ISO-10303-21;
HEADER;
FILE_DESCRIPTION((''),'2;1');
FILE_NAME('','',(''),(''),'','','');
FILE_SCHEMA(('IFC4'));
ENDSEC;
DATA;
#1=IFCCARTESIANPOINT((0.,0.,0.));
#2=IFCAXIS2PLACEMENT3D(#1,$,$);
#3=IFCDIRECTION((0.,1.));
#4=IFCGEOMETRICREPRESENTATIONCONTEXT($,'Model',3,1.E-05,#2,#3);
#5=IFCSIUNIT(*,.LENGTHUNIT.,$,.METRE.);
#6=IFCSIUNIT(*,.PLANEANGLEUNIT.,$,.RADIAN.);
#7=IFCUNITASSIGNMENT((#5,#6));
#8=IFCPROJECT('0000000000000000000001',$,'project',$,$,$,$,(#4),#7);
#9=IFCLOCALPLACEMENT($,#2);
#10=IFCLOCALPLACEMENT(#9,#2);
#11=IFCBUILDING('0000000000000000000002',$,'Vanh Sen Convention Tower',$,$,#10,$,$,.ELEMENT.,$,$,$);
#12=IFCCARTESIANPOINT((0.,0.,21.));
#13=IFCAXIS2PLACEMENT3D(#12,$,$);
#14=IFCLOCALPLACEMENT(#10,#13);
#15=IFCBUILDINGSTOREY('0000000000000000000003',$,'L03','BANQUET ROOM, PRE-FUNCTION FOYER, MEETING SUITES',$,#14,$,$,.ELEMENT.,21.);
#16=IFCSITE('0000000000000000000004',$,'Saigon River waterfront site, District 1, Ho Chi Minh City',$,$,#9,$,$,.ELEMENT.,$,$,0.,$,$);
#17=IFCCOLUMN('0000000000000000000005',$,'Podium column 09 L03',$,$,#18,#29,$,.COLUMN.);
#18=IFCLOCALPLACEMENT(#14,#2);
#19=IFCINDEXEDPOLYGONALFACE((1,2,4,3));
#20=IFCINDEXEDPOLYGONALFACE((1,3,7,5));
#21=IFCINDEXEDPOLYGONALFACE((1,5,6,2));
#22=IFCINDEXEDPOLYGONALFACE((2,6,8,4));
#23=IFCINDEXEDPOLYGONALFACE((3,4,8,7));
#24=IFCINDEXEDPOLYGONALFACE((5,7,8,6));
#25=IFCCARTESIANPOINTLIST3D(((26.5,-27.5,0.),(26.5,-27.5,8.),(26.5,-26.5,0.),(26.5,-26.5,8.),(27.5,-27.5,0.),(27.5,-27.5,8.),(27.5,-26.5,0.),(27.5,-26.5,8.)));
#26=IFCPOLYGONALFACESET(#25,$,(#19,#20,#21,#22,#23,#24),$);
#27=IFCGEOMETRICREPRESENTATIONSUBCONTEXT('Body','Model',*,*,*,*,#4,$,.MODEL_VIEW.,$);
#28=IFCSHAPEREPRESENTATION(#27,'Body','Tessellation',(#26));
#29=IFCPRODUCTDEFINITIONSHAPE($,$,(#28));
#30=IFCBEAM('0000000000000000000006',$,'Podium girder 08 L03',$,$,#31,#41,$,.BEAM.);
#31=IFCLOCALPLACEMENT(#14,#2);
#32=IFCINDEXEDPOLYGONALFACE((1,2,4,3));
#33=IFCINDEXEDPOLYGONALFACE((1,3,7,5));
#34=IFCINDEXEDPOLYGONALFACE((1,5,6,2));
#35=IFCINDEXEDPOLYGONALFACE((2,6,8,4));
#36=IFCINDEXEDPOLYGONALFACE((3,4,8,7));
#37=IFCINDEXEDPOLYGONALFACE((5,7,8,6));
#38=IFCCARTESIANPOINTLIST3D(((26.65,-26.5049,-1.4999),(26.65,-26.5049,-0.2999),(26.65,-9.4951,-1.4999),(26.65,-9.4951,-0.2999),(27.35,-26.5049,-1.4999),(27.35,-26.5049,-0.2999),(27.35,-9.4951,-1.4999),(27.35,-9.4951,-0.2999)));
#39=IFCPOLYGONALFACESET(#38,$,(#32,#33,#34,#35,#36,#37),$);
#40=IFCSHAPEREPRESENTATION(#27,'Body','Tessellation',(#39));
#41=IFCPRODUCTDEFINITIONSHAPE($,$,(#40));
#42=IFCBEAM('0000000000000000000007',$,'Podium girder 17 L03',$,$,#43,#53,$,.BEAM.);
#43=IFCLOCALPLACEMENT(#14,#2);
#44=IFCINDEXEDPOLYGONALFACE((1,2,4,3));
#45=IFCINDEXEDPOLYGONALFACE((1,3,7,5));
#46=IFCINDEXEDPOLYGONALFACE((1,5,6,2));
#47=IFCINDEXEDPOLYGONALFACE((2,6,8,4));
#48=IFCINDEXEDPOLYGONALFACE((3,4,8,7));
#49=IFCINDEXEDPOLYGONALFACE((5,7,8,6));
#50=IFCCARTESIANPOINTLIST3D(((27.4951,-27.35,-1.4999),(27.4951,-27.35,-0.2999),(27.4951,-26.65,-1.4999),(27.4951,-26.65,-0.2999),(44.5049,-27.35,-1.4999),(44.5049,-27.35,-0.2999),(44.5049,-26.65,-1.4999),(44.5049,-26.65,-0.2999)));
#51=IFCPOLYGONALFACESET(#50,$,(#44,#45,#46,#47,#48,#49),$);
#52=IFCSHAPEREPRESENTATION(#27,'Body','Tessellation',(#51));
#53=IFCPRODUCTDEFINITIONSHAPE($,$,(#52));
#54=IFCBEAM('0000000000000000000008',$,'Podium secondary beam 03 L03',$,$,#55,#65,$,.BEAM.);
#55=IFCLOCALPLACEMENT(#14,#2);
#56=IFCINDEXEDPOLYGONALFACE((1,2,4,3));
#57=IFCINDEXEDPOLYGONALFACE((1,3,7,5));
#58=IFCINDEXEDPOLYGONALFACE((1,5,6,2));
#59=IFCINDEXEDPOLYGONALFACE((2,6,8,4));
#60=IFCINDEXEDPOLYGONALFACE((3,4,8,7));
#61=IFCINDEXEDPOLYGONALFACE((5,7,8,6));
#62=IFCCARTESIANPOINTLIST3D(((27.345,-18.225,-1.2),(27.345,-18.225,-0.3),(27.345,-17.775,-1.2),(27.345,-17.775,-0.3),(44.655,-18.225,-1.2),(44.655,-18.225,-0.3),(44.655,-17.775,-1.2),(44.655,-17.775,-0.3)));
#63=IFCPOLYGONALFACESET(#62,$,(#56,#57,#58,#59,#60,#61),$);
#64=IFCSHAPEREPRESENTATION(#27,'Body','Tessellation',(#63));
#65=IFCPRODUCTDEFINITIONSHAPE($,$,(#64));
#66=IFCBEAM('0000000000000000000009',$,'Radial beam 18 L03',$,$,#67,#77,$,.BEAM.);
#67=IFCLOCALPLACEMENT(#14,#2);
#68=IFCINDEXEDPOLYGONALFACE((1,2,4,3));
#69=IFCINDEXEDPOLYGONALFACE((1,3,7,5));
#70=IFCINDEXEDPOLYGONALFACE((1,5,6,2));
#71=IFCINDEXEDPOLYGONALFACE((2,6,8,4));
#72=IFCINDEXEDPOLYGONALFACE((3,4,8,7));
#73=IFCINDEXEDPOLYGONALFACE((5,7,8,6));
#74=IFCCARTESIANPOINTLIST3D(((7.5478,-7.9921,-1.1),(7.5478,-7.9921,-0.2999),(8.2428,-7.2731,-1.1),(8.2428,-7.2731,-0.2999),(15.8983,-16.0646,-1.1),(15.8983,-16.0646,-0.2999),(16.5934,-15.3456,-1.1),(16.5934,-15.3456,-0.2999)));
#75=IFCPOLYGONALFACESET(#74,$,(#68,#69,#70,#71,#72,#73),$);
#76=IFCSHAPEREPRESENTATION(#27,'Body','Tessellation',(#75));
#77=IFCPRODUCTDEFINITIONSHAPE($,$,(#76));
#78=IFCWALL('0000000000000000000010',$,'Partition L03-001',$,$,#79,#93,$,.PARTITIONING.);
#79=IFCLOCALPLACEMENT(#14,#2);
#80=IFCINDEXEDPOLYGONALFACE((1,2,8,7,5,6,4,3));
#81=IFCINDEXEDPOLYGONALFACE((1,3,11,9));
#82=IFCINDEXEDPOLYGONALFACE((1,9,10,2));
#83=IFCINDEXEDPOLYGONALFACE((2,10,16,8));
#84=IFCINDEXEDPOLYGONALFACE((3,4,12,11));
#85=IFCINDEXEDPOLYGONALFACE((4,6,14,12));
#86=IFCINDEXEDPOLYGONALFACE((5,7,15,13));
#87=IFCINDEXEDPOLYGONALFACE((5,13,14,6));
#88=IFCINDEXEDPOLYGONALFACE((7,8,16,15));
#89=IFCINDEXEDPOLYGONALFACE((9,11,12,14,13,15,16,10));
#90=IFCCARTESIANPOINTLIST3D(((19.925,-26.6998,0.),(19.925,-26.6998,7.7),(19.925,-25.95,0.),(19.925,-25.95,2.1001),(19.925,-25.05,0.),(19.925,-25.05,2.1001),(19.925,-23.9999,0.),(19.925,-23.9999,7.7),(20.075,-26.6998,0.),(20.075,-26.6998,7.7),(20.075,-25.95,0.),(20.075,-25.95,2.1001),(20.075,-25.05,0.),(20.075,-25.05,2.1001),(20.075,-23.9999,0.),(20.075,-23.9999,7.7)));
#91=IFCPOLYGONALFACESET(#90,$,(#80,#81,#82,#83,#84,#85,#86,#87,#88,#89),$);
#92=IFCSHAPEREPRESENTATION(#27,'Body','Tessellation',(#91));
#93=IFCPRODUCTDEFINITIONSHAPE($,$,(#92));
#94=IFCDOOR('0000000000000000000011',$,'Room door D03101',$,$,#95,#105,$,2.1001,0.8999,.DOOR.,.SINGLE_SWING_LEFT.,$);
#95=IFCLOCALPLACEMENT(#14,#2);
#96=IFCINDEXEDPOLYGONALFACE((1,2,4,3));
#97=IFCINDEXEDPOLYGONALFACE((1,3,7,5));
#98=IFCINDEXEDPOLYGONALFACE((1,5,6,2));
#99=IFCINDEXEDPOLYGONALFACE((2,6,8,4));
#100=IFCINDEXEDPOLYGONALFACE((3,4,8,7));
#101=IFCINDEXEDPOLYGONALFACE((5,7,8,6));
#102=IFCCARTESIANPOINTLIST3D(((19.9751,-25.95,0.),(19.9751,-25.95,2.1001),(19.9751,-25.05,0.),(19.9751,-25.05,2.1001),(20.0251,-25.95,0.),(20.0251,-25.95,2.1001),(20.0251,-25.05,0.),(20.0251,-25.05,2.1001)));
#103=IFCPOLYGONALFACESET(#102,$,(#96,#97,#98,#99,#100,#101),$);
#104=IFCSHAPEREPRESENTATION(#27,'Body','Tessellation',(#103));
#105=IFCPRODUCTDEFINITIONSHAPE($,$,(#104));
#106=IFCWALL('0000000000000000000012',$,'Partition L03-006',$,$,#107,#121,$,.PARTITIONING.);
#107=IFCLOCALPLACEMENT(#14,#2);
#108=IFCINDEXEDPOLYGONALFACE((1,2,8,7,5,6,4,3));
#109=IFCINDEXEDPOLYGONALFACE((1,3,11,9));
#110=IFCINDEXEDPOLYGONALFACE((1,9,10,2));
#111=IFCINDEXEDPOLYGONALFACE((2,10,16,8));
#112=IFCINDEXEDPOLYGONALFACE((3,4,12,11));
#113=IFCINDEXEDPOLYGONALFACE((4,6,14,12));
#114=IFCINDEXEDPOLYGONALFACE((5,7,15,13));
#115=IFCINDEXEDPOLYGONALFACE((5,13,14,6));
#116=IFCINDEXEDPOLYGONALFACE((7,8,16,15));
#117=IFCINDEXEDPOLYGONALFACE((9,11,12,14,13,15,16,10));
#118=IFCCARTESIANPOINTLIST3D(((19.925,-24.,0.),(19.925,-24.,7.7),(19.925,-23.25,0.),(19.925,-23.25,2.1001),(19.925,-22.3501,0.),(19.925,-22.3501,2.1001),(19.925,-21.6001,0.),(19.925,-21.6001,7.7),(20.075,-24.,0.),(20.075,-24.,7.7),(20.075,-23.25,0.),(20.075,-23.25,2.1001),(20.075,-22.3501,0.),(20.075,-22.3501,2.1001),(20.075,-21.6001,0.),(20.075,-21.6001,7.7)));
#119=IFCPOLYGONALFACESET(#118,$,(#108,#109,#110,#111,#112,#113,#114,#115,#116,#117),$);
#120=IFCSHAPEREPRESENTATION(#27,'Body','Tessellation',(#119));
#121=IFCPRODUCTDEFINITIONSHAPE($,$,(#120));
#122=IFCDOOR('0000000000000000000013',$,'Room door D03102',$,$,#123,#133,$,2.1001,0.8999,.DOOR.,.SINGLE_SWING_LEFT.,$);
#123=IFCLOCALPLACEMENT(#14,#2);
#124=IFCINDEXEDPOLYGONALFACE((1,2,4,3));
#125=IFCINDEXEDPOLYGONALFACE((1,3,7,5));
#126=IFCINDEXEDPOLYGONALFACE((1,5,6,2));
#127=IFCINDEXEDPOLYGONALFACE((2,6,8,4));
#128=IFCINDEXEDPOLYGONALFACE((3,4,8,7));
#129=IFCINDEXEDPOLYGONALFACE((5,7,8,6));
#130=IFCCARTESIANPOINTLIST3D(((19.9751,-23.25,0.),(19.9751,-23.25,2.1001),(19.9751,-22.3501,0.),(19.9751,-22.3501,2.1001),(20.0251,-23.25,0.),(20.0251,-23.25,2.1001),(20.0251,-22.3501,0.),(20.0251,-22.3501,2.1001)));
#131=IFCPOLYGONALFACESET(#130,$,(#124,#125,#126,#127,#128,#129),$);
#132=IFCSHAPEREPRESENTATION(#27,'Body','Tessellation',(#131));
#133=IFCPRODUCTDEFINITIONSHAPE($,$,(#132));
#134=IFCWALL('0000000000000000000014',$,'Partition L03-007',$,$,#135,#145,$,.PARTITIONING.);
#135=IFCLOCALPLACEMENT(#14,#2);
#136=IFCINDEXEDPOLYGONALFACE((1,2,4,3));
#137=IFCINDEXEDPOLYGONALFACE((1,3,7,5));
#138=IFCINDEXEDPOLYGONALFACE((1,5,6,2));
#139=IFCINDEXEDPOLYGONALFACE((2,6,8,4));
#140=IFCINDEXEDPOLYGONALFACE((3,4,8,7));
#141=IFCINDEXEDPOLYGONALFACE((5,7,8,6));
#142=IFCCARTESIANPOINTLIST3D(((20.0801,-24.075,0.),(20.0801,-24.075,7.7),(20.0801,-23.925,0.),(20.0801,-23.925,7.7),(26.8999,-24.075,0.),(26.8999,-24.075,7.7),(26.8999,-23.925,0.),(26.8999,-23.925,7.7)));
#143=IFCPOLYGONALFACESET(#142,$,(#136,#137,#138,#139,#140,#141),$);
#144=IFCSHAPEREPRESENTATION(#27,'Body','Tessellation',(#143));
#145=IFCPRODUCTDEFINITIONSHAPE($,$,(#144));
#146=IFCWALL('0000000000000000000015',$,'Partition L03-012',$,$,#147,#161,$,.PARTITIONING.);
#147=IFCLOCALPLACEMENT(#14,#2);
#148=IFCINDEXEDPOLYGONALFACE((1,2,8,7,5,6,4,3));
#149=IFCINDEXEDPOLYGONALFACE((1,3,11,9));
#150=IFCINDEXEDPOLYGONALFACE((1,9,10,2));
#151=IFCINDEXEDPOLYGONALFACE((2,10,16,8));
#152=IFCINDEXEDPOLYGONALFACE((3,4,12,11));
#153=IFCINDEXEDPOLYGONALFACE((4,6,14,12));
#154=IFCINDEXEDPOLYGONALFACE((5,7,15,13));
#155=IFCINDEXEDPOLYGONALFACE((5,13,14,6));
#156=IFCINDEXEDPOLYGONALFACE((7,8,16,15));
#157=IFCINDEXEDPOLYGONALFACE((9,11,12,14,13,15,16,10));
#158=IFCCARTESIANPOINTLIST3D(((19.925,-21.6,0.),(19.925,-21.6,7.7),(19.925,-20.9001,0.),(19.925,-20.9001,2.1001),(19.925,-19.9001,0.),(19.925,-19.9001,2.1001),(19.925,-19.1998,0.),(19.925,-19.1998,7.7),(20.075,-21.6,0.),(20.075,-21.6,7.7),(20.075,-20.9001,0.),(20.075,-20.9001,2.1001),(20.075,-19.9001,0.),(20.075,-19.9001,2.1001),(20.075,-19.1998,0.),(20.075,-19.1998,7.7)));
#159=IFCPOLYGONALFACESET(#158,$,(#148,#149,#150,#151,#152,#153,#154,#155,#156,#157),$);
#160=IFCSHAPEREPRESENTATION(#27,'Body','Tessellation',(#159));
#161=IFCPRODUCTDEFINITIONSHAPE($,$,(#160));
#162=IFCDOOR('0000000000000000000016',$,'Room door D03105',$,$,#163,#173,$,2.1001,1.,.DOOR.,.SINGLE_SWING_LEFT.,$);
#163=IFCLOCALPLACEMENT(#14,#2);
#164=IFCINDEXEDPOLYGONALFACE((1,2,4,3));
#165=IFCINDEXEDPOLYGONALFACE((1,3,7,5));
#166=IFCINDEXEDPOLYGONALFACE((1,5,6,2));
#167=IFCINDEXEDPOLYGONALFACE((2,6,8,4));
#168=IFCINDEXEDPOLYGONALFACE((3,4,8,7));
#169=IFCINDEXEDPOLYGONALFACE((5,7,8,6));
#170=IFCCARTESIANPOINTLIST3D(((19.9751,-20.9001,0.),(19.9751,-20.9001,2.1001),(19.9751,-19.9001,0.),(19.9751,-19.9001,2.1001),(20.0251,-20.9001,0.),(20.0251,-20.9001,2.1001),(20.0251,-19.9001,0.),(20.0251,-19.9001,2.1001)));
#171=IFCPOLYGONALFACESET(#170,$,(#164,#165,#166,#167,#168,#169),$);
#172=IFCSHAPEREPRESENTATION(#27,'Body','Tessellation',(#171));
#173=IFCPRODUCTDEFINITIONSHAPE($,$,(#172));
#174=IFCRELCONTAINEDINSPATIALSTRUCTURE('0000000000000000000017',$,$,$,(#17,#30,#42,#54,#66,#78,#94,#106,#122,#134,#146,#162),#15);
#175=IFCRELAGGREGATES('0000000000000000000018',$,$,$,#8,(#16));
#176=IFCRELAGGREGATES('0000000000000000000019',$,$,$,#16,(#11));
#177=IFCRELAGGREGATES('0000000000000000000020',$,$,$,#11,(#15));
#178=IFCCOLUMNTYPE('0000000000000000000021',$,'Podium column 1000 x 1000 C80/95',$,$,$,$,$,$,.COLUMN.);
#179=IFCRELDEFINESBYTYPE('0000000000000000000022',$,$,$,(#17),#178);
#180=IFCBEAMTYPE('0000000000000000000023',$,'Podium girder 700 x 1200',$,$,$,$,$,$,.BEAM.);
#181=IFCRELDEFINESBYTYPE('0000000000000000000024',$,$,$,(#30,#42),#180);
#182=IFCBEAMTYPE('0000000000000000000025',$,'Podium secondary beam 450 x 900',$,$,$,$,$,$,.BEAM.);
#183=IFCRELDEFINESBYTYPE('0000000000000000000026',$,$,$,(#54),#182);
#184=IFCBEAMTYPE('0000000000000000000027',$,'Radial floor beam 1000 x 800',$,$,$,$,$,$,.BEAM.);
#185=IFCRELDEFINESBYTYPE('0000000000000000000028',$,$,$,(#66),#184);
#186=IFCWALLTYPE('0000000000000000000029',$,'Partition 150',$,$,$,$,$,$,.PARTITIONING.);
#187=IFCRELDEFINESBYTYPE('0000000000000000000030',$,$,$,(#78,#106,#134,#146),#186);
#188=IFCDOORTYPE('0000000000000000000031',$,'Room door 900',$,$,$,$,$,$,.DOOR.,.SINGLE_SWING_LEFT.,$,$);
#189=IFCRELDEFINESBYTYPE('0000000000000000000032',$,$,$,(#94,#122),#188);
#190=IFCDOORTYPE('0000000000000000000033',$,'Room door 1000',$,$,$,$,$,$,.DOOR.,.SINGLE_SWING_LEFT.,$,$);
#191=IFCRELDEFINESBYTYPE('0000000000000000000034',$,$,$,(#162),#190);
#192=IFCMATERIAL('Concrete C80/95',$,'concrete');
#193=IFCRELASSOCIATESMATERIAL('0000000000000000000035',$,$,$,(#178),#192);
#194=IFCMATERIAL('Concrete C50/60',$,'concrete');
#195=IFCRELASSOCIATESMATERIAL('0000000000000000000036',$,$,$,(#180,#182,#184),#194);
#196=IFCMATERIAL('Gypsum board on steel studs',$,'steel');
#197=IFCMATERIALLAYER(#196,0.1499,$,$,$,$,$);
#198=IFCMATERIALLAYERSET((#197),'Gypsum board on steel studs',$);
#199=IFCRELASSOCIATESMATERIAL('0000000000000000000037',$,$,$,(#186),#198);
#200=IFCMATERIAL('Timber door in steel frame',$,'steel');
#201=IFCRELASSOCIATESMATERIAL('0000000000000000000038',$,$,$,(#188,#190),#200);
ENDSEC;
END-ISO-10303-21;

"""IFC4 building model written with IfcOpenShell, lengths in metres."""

from ifc_helpers import new_model, si_unit, direction, frame, frame_2d, origin, origin_2d, place, context, subcontext, project, spatial, rectangle, extrude, material, layer, layer_set, material_profile, profile_set, type_object, element, fill, save


model = new_model("IFC4")

# Units and contexts
model_context = context("Model", 3, precision=1e-05, world=origin(), true_north=direction((0.0, 1.0)))
body_context = subcontext(model_context, "Body", "Model", "MODEL_VIEW")
ifc_project = project(units=[si_unit("LENGTHUNIT", "METRE"), si_unit("PLANEANGLEUNIT", "RADIAN")], contexts=[model_context])

# Site, building, storey
site_placement = place(None, origin())
site = spatial("IfcSite", under=ifc_project, at=site_placement, Name="Saigon River waterfront site, District 1, Ho Chi Minh City", CompositionType="ELEMENT", RefElevation=0.0)
building_placement = place(site_placement, origin())
building = spatial("IfcBuilding", under=site, at=building_placement, Name="Vanh Sen Convention Tower", CompositionType="ELEMENT")
storey_placement = place(building_placement, frame((0.0, 0.0, 21.0)))
storey = spatial("IfcBuildingStorey", under=building, at=storey_placement, Name="L03", Description="BANQUET ROOM, PRE-FUNCTION FOYER, MEETING SUITES", CompositionType="ELEMENT", Elevation=21.0)

# Column
ifc_material_1 = material(Name="Concrete C80/95", Category="concrete")
ifc_material_profile_1 = material_profile(ifc_material_1, rectangle(XDim=1.0, YDim=1.0, at=origin_2d()), Name="RC 1000X1000")
ifc_profile_set_1 = profile_set([ifc_material_profile_1], Name="Concrete C80/95")
column_type = type_object("IfcColumnType", Name="Podium column 1000 x 1000 C80/95", PredefinedType="COLUMN", material=ifc_profile_set_1)
column_placement = place(storey_placement, frame((27.0, -27.0, 0.0), z_axis=(0.0, 0.0, 1.0), x_axis=(1.0, 0.0, 0.0)))
element("IfcColumn", 1, at=column_placement, inside=storey, type_object=column_type, Name="Podium column 09 L03", PredefinedType="COLUMN", context=body_context, shape_type="SweptSolid", body=[
    extrude(rectangle(XDim=1.0, YDim=1.0, at=origin_2d()), origin(), (0.0, 0.0, 1.0), 8.0),
])

# Beams
ifc_material_2 = material(Name="Concrete C50/60", Category="concrete")
ifc_material_profile_2 = material_profile(ifc_material_2, rectangle(XDim=0.7, YDim=1.2, at=origin_2d()), Name="RC 700X1200")
ifc_profile_set_2 = profile_set([ifc_material_profile_2], Name="Concrete C50/60")
beam_type_1 = type_object("IfcBeamType", Name="Podium girder 700 x 1200", PredefinedType="BEAM", material=ifc_profile_set_2)
for number, where, z_axis, x_axis, name in (
    (2, (27.0, -26.5049, -0.8999), (0.0, 1.0, 0.0), (-1.0, 0.0, 0.0), "Podium girder 08 L03"),
    (3, (27.4951, -27.0, -0.8999), (1.0, 0.0, 0.0), (0.0, 1.0, 0.0), "Podium girder 17 L03"),
):
    element("IfcBeam", number, at=place(storey_placement, frame(where, z_axis=z_axis, x_axis=x_axis)), inside=storey, type_object=beam_type_1, Name=name, PredefinedType="BEAM", context=body_context, shape_type="SweptSolid", body=[
        extrude(rectangle(XDim=0.7, YDim=1.2, at=origin_2d()), origin(), (0.0, 0.0, 1.0), 17.0098),
    ])
ifc_material_profile_3 = material_profile(ifc_material_2, rectangle(XDim=0.45, YDim=0.8999, at=origin_2d()), Name="RC 450X900")
ifc_profile_set_3 = profile_set([ifc_material_profile_3], Name="Concrete C50/60")
beam_type_2 = type_object("IfcBeamType", Name="Podium secondary beam 450 x 900", PredefinedType="BEAM", material=ifc_profile_set_3)
beam_1_placement = place(storey_placement, frame((27.345, -18.0, -0.75), z_axis=(1.0, 0.0, 0.0), x_axis=(0.0, 1.0, 0.0)))
element("IfcBeam", 4, at=beam_1_placement, inside=storey, type_object=beam_type_2, Name="Podium secondary beam 03 L03", PredefinedType="BEAM", context=body_context, shape_type="SweptSolid", body=[
    extrude(rectangle(XDim=0.45, YDim=0.8999, at=origin_2d()), origin(), (0.0, 0.0, 1.0), 17.3101),
])
ifc_material_profile_4 = material_profile(ifc_material_2, rectangle(XDim=1.0, YDim=0.8, at=origin_2d()), Name="RC 1000X800")
ifc_profile_set_4 = profile_set([ifc_material_profile_4], Name="Concrete C50/60")
beam_type_3 = type_object("IfcBeamType", Name="Radial floor beam 1000 x 800", PredefinedType="BEAM", material=ifc_profile_set_4)
beam_2_placement = place(storey_placement, frame((16.2458, -15.7051, -0.7), z_axis=(-0.718976, 0.695034, 0.0), x_axis=(-0.695034, -0.718976, 0.0)))
element("IfcBeam", 5, at=beam_2_placement, inside=storey, type_object=beam_type_3, Name="Radial beam 18 L03", PredefinedType="BEAM", context=body_context, shape_type="SweptSolid", body=[
    extrude(rectangle(XDim=1.0, YDim=0.8, at=origin_2d()), origin(), (0.0, 0.0, 1.0), 11.6145),
])

# Walls, openings, doors
ifc_material_3 = material(Name="Gypsum board on steel studs", Category="steel")
ifc_layer_1 = layer(ifc_material_3, 0.1499)
ifc_layer_set_1 = layer_set([ifc_layer_1], Name="Gypsum board on steel studs")
wall_type_1 = type_object("IfcWallType", Name="Partition 150", PredefinedType="PARTITIONING", material=ifc_layer_set_1)
wall_1_placement = place(storey_placement, frame((20.0, -26.7, 0.0), z_axis=(0.0, 0.0, 1.0), x_axis=(0.0, 1.0, 0.0)))
wall_1 = element("IfcWall", 6, at=wall_1_placement, inside=storey, type_object=wall_type_1, Name="Partition L03-001", PredefinedType="PARTITIONING", context=body_context, shape_type="SweptSolid", body=[
    extrude(rectangle(XDim=2.7, YDim=0.1499, at=frame_2d((1.3501, 0.0))), origin(), (0.0, 0.0, 1.0), 7.7),
])
opening_1_placement = place(wall_1_placement, frame((0.75, 0.0, 0.0)))
opening_1 = element("IfcOpeningElement", 7, at=opening_1_placement, cuts=wall_1, PredefinedType="OPENING", context=body_context, shape_type="SweptSolid", body=[
    extrude(rectangle(XDim=0.8999, YDim=2.1001, at=frame_2d((0.45, 1.05))), frame((0.0, 0.085, 0.0), z_axis=(0.0, -1.0, 0.0), x_axis=(1.0, 0.0, 0.0)), (0.0, 0.0, 1.0), 0.1699),
])
ifc_material_4 = material(Name="Timber door in steel frame", Category="steel")
door_type_1 = type_object("IfcDoorType", Name="Room door 900", OperationType="SINGLE_SWING_LEFT", PredefinedType="DOOR", material=ifc_material_4)
door_1_placement = place(opening_1_placement, origin())
door_1 = element("IfcDoor", 8, at=door_1_placement, inside=storey, type_object=door_type_1, Name="Room door D03101", OperationType="SINGLE_SWING_LEFT", OverallHeight=2.1001, OverallWidth=0.8999, PredefinedType="DOOR", context=body_context, shape_type="SweptSolid", body=[
    extrude(rectangle(XDim=0.8999, YDim=2.1001, at=frame_2d((0.45, 1.05))), frame((0.0, 0.0249, 0.0), z_axis=(0.0, -1.0, 0.0), x_axis=(1.0, 0.0, 0.0)), (0.0, 0.0, 1.0), 0.05),
])
fill(opening_1, door_1)
wall_2_placement = place(storey_placement, frame((20.0, -24.0, 0.0), z_axis=(0.0, 0.0, 1.0), x_axis=(0.0, 1.0, 0.0)))
wall_2 = element("IfcWall", 9, at=wall_2_placement, inside=storey, type_object=wall_type_1, Name="Partition L03-006", PredefinedType="PARTITIONING", context=body_context, shape_type="SweptSolid", body=[
    extrude(rectangle(XDim=2.3999, YDim=0.1499, at=frame_2d((1.2, 0.0))), origin(), (0.0, 0.0, 1.0), 7.7),
])
opening_2_placement = place(wall_2_placement, frame((0.75, 0.0, 0.0)))
opening_2 = element("IfcOpeningElement", 10, at=opening_2_placement, cuts=wall_2, PredefinedType="OPENING", context=body_context, shape_type="SweptSolid", body=[
    extrude(rectangle(XDim=0.8999, YDim=2.1001, at=frame_2d((0.45, 1.05))), frame((0.0, 0.085, 0.0), z_axis=(0.0, -1.0, 0.0), x_axis=(1.0, 0.0, 0.0)), (0.0, 0.0, 1.0), 0.1699),
])
door_2_placement = place(opening_2_placement, origin())
door_2 = element("IfcDoor", 11, at=door_2_placement, inside=storey, type_object=door_type_1, Name="Room door D03102", OperationType="SINGLE_SWING_LEFT", OverallHeight=2.1001, OverallWidth=0.8999, PredefinedType="DOOR", context=body_context, shape_type="SweptSolid", body=[
    extrude(rectangle(XDim=0.8999, YDim=2.1001, at=frame_2d((0.45, 1.05))), frame((0.0, 0.0249, 0.0), z_axis=(0.0, -1.0, 0.0), x_axis=(1.0, 0.0, 0.0)), (0.0, 0.0, 1.0), 0.05),
])
fill(opening_2, door_2)

# Wall
wall_3_placement = place(storey_placement, frame((20.0801, -24.0, 0.0), z_axis=(0.0, 0.0, 1.0), x_axis=(1.0, 0.0, 0.0)))
element("IfcWall", 12, at=wall_3_placement, inside=storey, type_object=wall_type_1, Name="Partition L03-007", PredefinedType="PARTITIONING", context=body_context, shape_type="SweptSolid", body=[
    extrude(rectangle(XDim=6.8198, YDim=0.1499, at=frame_2d((3.4099, 0.0))), origin(), (0.0, 0.0, 1.0), 7.7),
])

# Wall, opening, door
wall_4_placement = place(storey_placement, frame((20.0, -21.6001, 0.0), z_axis=(0.0, 0.0, 1.0), x_axis=(0.0, 1.0, 0.0)))
wall_4 = element("IfcWall", 13, at=wall_4_placement, inside=storey, type_object=wall_type_1, Name="Partition L03-012", PredefinedType="PARTITIONING", context=body_context, shape_type="SweptSolid", body=[
    extrude(rectangle(XDim=2.4001, YDim=0.1499, at=frame_2d((1.2002, 0.0))), origin(), (0.0, 0.0, 1.0), 7.7),
])
opening_3_placement = place(wall_4_placement, frame((0.7, 0.0, 0.0)))
opening_3 = element("IfcOpeningElement", 14, at=opening_3_placement, cuts=wall_4, PredefinedType="OPENING", context=body_context, shape_type="SweptSolid", body=[
    extrude(rectangle(XDim=1.0, YDim=2.1001, at=frame_2d((0.5, 1.05))), frame((0.0, 0.085, 0.0), z_axis=(0.0, -1.0, 0.0), x_axis=(1.0, 0.0, 0.0)), (0.0, 0.0, 1.0), 0.1699),
])
door_type_2 = type_object("IfcDoorType", Name="Room door 1000", OperationType="SINGLE_SWING_LEFT", PredefinedType="DOOR", material=ifc_material_4)
door_3_placement = place(opening_3_placement, origin())
door_3 = element("IfcDoor", 15, at=door_3_placement, inside=storey, type_object=door_type_2, Name="Room door D03105", OperationType="SINGLE_SWING_LEFT", OverallHeight=2.1001, OverallWidth=1.0, PredefinedType="DOOR", context=body_context, shape_type="SweptSolid", body=[
    extrude(rectangle(XDim=1.0, YDim=2.1001, at=frame_2d((0.5, 1.05))), frame((0.0, 0.0249, 0.0), z_axis=(0.0, -1.0, 0.0), x_axis=(1.0, 0.0, 0.0)), (0.0, 0.0, 1.0), 0.05),
])
fill(opening_3, door_3)

save(model, "model.ifc")
